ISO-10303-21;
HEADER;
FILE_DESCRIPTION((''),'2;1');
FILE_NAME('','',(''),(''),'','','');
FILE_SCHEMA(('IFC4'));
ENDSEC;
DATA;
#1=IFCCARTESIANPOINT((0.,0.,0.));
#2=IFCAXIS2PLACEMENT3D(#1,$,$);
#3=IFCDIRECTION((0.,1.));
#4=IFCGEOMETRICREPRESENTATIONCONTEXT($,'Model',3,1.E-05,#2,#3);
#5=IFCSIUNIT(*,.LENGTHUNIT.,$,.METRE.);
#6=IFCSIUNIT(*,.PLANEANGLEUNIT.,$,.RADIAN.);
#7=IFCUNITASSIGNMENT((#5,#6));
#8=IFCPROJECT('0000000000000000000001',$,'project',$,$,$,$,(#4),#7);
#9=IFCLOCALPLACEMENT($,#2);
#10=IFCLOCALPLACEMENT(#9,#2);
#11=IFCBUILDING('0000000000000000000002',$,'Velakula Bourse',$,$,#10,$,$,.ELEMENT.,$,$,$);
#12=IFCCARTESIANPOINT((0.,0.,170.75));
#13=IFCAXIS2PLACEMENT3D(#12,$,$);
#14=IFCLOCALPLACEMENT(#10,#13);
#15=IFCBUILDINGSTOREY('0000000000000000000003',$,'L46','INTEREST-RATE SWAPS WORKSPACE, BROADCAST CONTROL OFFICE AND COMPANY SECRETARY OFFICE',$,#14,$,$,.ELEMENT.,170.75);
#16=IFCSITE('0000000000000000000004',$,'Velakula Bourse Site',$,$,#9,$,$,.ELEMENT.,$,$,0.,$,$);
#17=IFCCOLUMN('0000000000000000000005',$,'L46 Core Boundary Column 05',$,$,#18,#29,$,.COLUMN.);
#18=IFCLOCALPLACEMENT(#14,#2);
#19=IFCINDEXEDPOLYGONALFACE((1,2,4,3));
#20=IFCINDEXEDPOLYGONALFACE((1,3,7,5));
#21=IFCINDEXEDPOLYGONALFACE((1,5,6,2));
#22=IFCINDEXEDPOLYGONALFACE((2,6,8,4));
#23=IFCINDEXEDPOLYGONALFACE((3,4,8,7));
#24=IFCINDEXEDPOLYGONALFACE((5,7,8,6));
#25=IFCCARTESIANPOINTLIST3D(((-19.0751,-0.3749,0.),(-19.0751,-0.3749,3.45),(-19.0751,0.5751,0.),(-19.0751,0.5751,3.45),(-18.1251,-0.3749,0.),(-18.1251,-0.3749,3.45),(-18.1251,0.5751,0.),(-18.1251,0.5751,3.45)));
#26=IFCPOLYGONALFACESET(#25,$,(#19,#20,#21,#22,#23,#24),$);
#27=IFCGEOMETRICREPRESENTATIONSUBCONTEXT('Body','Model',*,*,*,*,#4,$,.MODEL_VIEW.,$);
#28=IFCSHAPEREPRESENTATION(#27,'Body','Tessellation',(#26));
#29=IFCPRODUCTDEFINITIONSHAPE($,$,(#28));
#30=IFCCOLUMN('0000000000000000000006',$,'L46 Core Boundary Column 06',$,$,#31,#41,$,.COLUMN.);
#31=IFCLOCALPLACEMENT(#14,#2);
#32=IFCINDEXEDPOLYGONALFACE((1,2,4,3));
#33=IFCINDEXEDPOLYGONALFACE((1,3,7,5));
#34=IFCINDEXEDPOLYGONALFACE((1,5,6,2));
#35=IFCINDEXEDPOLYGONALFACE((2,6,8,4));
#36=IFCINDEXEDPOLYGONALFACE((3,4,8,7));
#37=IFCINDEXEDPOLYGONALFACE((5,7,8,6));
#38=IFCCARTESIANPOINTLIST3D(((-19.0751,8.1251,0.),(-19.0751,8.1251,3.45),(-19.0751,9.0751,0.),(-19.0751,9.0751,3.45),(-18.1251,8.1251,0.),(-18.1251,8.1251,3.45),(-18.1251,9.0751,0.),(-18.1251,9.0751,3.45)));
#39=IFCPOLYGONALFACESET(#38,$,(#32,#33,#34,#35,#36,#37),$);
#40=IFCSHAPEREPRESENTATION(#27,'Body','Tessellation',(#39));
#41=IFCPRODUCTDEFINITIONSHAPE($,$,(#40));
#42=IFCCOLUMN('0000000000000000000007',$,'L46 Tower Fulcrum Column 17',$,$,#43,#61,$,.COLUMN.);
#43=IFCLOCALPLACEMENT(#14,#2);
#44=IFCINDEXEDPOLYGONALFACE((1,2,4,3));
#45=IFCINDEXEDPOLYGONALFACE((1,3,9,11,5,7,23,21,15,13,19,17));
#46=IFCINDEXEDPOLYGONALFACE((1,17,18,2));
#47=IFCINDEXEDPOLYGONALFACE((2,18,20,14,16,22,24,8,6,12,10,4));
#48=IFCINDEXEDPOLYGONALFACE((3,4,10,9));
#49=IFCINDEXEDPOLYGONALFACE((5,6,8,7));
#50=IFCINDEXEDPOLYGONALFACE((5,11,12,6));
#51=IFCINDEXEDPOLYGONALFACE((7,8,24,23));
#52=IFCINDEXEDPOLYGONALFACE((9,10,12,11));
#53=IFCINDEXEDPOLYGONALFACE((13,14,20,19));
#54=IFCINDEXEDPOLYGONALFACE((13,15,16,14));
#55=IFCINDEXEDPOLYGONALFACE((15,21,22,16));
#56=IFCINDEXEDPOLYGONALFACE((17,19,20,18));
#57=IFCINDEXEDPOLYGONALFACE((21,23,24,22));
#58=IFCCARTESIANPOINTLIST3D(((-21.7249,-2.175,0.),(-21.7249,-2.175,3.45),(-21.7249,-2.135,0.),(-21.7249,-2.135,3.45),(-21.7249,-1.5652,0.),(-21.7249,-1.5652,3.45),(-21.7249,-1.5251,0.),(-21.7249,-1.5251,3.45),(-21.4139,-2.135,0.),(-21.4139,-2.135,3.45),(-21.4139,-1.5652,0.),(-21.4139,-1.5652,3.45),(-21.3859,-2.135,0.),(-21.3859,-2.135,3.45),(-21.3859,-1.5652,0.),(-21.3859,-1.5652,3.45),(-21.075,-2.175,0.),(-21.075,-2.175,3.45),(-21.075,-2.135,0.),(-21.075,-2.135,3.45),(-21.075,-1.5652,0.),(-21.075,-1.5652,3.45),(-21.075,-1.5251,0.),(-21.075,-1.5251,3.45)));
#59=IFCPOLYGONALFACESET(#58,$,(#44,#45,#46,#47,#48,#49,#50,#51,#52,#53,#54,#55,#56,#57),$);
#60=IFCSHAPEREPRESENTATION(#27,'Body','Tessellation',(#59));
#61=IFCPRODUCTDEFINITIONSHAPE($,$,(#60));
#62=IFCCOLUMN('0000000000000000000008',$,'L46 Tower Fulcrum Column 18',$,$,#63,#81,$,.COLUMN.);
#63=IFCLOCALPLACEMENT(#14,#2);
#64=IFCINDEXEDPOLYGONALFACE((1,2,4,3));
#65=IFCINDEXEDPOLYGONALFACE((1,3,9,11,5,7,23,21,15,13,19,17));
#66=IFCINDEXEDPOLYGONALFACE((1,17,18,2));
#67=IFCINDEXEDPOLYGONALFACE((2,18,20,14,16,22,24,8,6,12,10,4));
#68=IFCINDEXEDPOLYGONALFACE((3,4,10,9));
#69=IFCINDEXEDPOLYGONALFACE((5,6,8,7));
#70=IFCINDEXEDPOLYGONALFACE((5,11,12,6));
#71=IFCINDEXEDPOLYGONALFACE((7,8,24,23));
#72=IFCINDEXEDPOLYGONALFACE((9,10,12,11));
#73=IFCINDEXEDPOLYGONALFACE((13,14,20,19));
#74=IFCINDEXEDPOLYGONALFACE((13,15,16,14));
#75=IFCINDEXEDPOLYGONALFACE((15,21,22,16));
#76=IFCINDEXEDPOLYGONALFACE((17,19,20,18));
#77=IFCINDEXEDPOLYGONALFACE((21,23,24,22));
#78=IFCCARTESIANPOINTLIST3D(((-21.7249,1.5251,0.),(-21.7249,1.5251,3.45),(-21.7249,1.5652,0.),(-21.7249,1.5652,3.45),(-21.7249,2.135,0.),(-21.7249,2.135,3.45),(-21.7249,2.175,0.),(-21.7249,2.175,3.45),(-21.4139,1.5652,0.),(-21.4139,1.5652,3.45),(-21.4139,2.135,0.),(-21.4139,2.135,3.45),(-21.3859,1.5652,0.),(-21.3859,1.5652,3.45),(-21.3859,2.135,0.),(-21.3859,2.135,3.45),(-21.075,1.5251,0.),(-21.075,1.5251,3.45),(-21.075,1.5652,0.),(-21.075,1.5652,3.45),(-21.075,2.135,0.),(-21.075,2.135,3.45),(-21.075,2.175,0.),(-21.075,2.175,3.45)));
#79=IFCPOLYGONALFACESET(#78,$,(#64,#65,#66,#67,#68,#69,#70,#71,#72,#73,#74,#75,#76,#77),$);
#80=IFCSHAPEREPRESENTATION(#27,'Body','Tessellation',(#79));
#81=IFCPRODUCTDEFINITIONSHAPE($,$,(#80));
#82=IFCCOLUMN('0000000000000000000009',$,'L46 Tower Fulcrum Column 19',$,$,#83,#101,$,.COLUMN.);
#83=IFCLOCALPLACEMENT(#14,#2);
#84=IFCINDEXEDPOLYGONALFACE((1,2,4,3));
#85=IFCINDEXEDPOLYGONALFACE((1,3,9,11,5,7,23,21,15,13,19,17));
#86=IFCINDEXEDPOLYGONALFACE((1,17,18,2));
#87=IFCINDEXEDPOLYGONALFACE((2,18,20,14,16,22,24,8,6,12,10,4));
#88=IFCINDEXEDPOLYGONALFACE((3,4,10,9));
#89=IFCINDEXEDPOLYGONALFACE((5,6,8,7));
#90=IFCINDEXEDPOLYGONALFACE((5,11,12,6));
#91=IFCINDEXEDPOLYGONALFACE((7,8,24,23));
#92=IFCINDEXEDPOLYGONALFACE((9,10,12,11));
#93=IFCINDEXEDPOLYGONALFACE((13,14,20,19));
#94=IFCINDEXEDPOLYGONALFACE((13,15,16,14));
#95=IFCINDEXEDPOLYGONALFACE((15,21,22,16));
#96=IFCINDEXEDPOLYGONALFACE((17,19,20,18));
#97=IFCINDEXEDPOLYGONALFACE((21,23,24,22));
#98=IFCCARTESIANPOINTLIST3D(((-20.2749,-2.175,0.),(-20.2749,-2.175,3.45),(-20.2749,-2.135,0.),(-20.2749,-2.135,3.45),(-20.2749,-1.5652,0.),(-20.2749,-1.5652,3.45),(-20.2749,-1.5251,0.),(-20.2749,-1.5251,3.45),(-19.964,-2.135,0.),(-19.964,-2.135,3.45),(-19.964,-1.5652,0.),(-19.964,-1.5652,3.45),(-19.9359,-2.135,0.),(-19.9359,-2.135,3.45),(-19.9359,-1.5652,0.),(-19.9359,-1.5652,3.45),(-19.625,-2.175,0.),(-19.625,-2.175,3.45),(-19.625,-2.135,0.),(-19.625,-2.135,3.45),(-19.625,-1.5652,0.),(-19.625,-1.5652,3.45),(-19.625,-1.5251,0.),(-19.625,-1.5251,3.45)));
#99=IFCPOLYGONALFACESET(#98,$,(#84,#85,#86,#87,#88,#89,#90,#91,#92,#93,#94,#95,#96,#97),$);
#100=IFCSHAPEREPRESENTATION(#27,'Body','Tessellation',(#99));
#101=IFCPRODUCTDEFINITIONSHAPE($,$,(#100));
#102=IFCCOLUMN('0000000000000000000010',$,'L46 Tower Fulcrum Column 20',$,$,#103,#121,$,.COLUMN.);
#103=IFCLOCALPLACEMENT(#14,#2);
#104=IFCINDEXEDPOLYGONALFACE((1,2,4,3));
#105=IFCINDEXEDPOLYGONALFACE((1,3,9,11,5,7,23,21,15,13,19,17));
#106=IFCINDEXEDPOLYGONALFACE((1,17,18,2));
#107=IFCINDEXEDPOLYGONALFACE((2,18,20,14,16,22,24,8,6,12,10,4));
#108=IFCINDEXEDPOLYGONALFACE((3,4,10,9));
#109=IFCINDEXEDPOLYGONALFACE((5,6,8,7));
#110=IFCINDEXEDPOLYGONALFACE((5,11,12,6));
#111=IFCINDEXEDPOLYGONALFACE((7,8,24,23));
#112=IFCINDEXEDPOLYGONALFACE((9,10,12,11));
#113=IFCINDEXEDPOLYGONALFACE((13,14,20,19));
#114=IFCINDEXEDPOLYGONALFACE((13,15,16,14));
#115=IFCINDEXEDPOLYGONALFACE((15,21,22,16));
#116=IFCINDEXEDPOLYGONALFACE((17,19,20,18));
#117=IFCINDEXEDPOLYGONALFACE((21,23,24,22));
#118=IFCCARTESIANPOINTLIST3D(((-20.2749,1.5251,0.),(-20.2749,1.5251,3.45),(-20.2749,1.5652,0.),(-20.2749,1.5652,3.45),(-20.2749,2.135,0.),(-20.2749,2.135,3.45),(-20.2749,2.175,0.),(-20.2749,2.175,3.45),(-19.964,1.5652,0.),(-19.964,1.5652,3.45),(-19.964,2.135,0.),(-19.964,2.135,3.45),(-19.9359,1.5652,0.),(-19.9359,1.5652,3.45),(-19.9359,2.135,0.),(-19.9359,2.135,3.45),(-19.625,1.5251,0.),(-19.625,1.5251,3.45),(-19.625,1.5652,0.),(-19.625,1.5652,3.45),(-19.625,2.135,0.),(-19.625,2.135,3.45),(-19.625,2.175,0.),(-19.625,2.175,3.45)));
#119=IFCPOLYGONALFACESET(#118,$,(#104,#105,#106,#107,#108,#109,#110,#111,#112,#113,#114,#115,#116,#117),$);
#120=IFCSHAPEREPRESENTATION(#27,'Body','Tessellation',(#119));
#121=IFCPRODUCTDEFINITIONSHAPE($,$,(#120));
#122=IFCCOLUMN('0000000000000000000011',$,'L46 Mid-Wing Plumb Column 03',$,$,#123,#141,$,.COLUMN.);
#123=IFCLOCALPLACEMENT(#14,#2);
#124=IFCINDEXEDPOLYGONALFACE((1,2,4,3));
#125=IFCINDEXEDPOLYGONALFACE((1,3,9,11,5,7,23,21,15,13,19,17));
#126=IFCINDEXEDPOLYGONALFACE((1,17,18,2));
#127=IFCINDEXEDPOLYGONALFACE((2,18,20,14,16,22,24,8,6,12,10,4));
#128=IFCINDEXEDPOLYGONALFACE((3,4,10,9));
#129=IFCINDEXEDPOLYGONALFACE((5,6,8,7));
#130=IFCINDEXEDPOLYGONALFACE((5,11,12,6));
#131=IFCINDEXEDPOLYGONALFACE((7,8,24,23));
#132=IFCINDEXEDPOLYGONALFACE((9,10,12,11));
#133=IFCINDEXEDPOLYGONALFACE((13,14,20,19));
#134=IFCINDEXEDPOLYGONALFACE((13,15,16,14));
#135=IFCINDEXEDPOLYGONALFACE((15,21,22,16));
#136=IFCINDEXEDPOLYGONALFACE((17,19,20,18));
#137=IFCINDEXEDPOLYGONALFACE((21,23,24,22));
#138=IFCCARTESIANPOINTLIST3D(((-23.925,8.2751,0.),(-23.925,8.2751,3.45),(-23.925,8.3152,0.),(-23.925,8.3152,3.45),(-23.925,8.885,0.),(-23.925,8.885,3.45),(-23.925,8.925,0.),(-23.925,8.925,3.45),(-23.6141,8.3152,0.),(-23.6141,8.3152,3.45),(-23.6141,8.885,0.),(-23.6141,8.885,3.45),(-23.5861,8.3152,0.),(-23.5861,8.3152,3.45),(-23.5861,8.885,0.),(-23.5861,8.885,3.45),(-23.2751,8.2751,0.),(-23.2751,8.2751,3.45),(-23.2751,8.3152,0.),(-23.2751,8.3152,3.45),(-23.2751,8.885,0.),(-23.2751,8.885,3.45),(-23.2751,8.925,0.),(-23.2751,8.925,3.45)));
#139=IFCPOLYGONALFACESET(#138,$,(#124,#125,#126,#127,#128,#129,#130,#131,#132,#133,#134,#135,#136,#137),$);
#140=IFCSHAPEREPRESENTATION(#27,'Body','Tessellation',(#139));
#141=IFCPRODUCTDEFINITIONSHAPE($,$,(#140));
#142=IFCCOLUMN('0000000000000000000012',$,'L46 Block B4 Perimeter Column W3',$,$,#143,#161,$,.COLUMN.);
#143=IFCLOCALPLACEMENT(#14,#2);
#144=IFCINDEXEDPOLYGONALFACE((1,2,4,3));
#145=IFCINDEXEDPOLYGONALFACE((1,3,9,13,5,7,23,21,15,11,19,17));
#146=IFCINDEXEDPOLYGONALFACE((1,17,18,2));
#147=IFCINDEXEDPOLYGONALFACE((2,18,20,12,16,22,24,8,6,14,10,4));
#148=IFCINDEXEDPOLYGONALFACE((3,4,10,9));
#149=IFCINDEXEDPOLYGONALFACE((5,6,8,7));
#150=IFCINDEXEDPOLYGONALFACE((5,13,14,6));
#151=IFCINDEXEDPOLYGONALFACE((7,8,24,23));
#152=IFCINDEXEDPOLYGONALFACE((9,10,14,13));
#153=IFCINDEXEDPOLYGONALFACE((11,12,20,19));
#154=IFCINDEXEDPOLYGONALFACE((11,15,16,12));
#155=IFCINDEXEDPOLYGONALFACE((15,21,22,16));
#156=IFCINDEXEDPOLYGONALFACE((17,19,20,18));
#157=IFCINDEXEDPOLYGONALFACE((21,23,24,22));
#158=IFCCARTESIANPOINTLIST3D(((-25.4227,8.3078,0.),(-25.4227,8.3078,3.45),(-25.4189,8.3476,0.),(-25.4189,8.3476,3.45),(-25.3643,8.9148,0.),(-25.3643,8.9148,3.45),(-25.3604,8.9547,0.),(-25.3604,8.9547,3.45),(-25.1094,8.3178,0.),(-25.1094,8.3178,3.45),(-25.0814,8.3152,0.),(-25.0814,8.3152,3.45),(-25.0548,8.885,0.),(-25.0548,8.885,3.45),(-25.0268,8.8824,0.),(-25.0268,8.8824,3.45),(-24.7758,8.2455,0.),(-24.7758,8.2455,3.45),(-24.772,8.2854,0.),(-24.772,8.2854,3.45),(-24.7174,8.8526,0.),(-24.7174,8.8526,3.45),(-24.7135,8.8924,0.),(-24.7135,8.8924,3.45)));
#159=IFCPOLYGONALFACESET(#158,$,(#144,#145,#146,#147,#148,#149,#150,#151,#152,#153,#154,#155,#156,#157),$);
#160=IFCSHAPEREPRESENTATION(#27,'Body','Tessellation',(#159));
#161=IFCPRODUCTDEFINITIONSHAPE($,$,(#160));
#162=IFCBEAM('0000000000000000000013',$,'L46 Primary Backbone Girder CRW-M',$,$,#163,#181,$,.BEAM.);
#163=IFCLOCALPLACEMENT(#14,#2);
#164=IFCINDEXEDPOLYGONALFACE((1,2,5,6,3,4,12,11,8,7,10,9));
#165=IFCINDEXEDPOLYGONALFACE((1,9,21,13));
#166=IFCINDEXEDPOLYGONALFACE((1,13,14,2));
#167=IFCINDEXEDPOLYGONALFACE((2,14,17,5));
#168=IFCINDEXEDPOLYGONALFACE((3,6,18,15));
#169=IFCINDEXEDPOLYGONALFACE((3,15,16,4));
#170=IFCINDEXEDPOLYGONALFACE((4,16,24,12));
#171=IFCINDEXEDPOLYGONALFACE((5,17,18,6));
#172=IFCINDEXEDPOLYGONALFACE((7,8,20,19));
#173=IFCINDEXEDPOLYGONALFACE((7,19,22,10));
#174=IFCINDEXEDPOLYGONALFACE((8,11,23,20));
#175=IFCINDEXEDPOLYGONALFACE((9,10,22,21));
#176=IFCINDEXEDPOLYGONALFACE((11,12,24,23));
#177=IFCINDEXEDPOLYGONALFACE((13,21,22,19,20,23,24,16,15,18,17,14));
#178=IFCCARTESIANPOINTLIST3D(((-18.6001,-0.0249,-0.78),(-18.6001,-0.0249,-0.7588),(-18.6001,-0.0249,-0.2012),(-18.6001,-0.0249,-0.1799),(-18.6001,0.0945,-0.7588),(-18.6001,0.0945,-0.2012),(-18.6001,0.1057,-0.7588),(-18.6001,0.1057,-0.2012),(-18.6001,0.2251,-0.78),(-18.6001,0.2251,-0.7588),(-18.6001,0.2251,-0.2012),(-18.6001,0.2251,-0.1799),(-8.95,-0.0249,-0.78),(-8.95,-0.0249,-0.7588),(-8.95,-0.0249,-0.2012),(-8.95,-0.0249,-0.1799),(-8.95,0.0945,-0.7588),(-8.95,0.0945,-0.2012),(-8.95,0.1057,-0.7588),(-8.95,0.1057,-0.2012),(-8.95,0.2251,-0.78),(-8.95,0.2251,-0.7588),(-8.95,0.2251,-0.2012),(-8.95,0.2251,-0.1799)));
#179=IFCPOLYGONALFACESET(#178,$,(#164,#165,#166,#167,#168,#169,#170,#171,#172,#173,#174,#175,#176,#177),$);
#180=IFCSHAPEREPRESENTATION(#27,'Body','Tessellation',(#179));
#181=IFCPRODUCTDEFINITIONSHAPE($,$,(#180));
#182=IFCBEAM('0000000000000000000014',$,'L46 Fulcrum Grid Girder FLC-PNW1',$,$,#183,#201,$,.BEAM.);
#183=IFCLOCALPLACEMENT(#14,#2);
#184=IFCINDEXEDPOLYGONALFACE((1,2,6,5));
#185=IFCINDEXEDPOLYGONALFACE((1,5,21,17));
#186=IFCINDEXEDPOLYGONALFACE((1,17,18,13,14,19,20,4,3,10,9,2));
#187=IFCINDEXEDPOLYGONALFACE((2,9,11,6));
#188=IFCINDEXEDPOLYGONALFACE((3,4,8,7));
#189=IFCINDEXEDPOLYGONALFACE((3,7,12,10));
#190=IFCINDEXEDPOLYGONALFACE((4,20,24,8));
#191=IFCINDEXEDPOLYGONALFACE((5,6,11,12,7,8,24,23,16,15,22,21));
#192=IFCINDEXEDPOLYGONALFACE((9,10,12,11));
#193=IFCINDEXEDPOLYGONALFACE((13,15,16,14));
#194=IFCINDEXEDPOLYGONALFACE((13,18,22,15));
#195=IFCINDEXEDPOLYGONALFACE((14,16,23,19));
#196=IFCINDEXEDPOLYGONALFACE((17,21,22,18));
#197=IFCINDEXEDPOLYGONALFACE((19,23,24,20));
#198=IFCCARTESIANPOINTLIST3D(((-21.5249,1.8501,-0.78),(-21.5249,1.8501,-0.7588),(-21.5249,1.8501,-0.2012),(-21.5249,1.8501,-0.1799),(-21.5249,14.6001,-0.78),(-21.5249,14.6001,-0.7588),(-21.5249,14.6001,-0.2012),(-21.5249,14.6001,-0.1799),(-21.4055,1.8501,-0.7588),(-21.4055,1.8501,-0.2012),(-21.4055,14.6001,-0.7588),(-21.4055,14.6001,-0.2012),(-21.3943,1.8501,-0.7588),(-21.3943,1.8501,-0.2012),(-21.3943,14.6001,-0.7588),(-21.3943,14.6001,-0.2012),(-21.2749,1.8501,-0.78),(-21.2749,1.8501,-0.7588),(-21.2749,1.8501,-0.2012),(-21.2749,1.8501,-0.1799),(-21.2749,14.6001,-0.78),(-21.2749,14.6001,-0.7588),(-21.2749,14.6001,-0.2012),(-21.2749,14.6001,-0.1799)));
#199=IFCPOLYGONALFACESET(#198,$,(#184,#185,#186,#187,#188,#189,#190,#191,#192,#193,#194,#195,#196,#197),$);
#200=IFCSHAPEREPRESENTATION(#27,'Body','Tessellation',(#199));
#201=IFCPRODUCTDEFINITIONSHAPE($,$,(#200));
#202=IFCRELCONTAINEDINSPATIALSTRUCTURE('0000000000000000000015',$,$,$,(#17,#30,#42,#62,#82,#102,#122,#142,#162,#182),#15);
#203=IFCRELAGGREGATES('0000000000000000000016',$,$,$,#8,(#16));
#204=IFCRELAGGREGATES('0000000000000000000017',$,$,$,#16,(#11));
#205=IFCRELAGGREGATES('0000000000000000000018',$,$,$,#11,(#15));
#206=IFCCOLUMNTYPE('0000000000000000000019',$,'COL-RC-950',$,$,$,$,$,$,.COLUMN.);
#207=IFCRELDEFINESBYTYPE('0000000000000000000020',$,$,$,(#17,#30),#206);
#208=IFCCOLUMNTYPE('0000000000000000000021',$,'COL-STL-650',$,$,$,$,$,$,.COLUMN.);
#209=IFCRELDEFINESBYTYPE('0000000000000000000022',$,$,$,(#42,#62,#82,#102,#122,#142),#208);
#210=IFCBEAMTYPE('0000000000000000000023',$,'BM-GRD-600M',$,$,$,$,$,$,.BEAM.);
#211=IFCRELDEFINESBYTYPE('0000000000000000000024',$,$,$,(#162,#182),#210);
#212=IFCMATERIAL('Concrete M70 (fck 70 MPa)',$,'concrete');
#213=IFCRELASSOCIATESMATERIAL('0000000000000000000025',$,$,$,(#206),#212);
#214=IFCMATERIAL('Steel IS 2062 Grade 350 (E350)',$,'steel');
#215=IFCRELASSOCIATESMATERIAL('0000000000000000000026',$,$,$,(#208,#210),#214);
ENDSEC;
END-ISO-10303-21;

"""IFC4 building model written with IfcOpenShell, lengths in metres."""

from ifc_helpers import new_model, si_unit, direction, frame, origin, origin_2d, place, context, subcontext, project, spatial, rectangle, i_section, extrude, material, material_profile, profile_set, type_object, element, save


model = new_model("IFC4")

# Units and contexts
model_context = context("Model", 3, precision=1e-05, world=origin(), true_north=direction((0.0, 1.0)))
body_context = subcontext(model_context, "Body", "Model", "MODEL_VIEW")
ifc_project = project(units=[si_unit("LENGTHUNIT", "METRE"), si_unit("PLANEANGLEUNIT", "RADIAN")], contexts=[model_context])

# Site, building, storey
site_placement = place(None, origin())
site = spatial("IfcSite", under=ifc_project, at=site_placement, Name="Velakula Bourse Site", CompositionType="ELEMENT", RefElevation=0.0)
building_placement = place(site_placement, origin())
building = spatial("IfcBuilding", under=site, at=building_placement, Name="Velakula Bourse", CompositionType="ELEMENT")
storey_placement = place(building_placement, frame((0.0, 0.0, 170.75)))
storey = spatial("IfcBuildingStorey", under=building, at=storey_placement, Name="L46", Description="INTEREST-RATE SWAPS WORKSPACE, BROADCAST CONTROL OFFICE AND COMPANY SECRETARY OFFICE", CompositionType="ELEMENT", Elevation=170.75)

# Columns
ifc_material_1 = material(Name="Concrete M70 (fck 70 MPa)", Category="concrete")
ifc_material_profile_1 = material_profile(ifc_material_1, rectangle(XDim=0.95, YDim=0.95, at=origin_2d()), Name="Concrete M70 (fck 70 MPa)")
ifc_profile_set_1 = profile_set([ifc_material_profile_1], Name="Concrete M70 (fck 70 MPa)")
column_type_1 = type_object("IfcColumnType", Name="COL-RC-950", PredefinedType="COLUMN", material=ifc_profile_set_1)
for number, where, z_axis, x_axis, name in (
    (1, (-18.6001, 0.1001, 0.0), (0.0, 0.0, 1.0), (1.0, 0.0, 0.0), "L46 Core Boundary Column 05"),
    (2, (-18.6001, 8.6001, 0.0), (0.0, 0.0, 1.0), (1.0, 0.0, 0.0), "L46 Core Boundary Column 06"),
):
    element("IfcColumn", number, at=place(storey_placement, frame(where, z_axis=z_axis, x_axis=x_axis)), inside=storey, type_object=column_type_1, Name=name, PredefinedType="COLUMN", context=body_context, shape_type="SweptSolid", body=[
        extrude(rectangle(XDim=0.95, YDim=0.95, at=origin_2d()), origin(), (0.0, 0.0, 1.0), 3.45),
    ])
ifc_material_2 = material(Name="Steel IS 2062 Grade 350 (E350)", Category="steel")
ifc_material_profile_2 = material_profile(ifc_material_2, i_section(OverallWidth=0.6499, OverallDepth=0.6499, WebThickness=0.0281, FlangeThickness=0.04, at=origin_2d()), Name="Steel IS 2062 Grade 350 (E350)")
ifc_profile_set_2 = profile_set([ifc_material_profile_2], Name="Steel IS 2062 Grade 350 (E350)")
column_type_2 = type_object("IfcColumnType", Name="COL-STL-650", PredefinedType="COLUMN", material=ifc_profile_set_2)
for number, where, z_axis, x_axis, name in (
    (3, (-21.3999, -1.8501, 0.0), (0.0, 0.0, 1.0), (1.0, 0.0, 0.0), "L46 Tower Fulcrum Column 17"),
    (4, (-21.3999, 1.8501, 0.0), (0.0, 0.0, 1.0), (1.0, 0.0, 0.0), "L46 Tower Fulcrum Column 18"),
    (5, (-19.95, -1.8501, 0.0), (0.0, 0.0, 1.0), (1.0, 0.0, 0.0), "L46 Tower Fulcrum Column 19"),
    (6, (-19.95, 1.8501, 0.0), (0.0, 0.0, 1.0), (1.0, 0.0, 0.0), "L46 Tower Fulcrum Column 20"),
    (7, (-23.6001, 8.6001, 0.0), (0.0, 0.0, 1.0), (1.0, 0.0, 0.0), "L46 Mid-Wing Plumb Column 03"),
    (8, (-25.0681, 8.6001, 0.0), (0.0, 0.0, 1.0), (0.995396, -0.095846, 0.0), "L46 Block B4 Perimeter Column W3"),
):
    element("IfcColumn", number, at=place(storey_placement, frame(where, z_axis=z_axis, x_axis=x_axis)), inside=storey, type_object=column_type_2, Name=name, PredefinedType="COLUMN", context=body_context, shape_type="SweptSolid", body=[
        extrude(i_section(OverallWidth=0.6499, OverallDepth=0.6499, WebThickness=0.0281, FlangeThickness=0.04, at=origin_2d()), origin(), (0.0, 0.0, 1.0), 3.45),
    ])

# Beams
ifc_material_profile_3 = material_profile(ifc_material_2, i_section(OverallWidth=0.25, OverallDepth=0.6001, WebThickness=0.0112, FlangeThickness=0.0212, at=origin_2d()), Name="Steel IS 2062 Grade 350 (E350)")
ifc_profile_set_3 = profile_set([ifc_material_profile_3], Name="Steel IS 2062 Grade 350 (E350)")
beam_type_1 = type_object("IfcBeamType", Name="BM-GRD-600M", PredefinedType="BEAM", material=ifc_profile_set_3)
beam_1_placement = place(storey_placement, frame((-18.6001, 0.1001, -0.48), z_axis=(1.0, 0.0, 0.0), x_axis=(0.0, 1.0, 0.0)))
element("IfcBeam", 9, at=beam_1_placement, inside=storey, type_object=beam_type_1, Name="L46 Primary Backbone Girder CRW-M", PredefinedType="BEAM", context=body_context, shape_type="SweptSolid", body=[
    extrude(i_section(OverallWidth=0.25, OverallDepth=0.6001, WebThickness=0.0112, FlangeThickness=0.0212, at=origin_2d()), origin(), (0.0, 0.0, 1.0), 9.6501),
])
for number, where, z_axis, x_axis, name in (
    (10, (-21.3999, 1.8501, -0.48), (0.0, 1.0, 0.0), (-1.0, 0.0, 0.0), "L46 Fulcrum Grid Girder FLC-PNW1"),
):
    element("IfcBeam", number, at=place(storey_placement, frame(where, z_axis=z_axis, x_axis=x_axis)), inside=storey, type_object=beam_type_1, Name=name, PredefinedType="BEAM", context=body_context, shape_type="SweptSolid", body=[
        extrude(i_section(OverallWidth=0.25, OverallDepth=0.6001, WebThickness=0.0112, FlangeThickness=0.0212, at=origin_2d()), origin(), (0.0, 0.0, 1.0), 12.75),
    ])

save(model, "model.ifc")
